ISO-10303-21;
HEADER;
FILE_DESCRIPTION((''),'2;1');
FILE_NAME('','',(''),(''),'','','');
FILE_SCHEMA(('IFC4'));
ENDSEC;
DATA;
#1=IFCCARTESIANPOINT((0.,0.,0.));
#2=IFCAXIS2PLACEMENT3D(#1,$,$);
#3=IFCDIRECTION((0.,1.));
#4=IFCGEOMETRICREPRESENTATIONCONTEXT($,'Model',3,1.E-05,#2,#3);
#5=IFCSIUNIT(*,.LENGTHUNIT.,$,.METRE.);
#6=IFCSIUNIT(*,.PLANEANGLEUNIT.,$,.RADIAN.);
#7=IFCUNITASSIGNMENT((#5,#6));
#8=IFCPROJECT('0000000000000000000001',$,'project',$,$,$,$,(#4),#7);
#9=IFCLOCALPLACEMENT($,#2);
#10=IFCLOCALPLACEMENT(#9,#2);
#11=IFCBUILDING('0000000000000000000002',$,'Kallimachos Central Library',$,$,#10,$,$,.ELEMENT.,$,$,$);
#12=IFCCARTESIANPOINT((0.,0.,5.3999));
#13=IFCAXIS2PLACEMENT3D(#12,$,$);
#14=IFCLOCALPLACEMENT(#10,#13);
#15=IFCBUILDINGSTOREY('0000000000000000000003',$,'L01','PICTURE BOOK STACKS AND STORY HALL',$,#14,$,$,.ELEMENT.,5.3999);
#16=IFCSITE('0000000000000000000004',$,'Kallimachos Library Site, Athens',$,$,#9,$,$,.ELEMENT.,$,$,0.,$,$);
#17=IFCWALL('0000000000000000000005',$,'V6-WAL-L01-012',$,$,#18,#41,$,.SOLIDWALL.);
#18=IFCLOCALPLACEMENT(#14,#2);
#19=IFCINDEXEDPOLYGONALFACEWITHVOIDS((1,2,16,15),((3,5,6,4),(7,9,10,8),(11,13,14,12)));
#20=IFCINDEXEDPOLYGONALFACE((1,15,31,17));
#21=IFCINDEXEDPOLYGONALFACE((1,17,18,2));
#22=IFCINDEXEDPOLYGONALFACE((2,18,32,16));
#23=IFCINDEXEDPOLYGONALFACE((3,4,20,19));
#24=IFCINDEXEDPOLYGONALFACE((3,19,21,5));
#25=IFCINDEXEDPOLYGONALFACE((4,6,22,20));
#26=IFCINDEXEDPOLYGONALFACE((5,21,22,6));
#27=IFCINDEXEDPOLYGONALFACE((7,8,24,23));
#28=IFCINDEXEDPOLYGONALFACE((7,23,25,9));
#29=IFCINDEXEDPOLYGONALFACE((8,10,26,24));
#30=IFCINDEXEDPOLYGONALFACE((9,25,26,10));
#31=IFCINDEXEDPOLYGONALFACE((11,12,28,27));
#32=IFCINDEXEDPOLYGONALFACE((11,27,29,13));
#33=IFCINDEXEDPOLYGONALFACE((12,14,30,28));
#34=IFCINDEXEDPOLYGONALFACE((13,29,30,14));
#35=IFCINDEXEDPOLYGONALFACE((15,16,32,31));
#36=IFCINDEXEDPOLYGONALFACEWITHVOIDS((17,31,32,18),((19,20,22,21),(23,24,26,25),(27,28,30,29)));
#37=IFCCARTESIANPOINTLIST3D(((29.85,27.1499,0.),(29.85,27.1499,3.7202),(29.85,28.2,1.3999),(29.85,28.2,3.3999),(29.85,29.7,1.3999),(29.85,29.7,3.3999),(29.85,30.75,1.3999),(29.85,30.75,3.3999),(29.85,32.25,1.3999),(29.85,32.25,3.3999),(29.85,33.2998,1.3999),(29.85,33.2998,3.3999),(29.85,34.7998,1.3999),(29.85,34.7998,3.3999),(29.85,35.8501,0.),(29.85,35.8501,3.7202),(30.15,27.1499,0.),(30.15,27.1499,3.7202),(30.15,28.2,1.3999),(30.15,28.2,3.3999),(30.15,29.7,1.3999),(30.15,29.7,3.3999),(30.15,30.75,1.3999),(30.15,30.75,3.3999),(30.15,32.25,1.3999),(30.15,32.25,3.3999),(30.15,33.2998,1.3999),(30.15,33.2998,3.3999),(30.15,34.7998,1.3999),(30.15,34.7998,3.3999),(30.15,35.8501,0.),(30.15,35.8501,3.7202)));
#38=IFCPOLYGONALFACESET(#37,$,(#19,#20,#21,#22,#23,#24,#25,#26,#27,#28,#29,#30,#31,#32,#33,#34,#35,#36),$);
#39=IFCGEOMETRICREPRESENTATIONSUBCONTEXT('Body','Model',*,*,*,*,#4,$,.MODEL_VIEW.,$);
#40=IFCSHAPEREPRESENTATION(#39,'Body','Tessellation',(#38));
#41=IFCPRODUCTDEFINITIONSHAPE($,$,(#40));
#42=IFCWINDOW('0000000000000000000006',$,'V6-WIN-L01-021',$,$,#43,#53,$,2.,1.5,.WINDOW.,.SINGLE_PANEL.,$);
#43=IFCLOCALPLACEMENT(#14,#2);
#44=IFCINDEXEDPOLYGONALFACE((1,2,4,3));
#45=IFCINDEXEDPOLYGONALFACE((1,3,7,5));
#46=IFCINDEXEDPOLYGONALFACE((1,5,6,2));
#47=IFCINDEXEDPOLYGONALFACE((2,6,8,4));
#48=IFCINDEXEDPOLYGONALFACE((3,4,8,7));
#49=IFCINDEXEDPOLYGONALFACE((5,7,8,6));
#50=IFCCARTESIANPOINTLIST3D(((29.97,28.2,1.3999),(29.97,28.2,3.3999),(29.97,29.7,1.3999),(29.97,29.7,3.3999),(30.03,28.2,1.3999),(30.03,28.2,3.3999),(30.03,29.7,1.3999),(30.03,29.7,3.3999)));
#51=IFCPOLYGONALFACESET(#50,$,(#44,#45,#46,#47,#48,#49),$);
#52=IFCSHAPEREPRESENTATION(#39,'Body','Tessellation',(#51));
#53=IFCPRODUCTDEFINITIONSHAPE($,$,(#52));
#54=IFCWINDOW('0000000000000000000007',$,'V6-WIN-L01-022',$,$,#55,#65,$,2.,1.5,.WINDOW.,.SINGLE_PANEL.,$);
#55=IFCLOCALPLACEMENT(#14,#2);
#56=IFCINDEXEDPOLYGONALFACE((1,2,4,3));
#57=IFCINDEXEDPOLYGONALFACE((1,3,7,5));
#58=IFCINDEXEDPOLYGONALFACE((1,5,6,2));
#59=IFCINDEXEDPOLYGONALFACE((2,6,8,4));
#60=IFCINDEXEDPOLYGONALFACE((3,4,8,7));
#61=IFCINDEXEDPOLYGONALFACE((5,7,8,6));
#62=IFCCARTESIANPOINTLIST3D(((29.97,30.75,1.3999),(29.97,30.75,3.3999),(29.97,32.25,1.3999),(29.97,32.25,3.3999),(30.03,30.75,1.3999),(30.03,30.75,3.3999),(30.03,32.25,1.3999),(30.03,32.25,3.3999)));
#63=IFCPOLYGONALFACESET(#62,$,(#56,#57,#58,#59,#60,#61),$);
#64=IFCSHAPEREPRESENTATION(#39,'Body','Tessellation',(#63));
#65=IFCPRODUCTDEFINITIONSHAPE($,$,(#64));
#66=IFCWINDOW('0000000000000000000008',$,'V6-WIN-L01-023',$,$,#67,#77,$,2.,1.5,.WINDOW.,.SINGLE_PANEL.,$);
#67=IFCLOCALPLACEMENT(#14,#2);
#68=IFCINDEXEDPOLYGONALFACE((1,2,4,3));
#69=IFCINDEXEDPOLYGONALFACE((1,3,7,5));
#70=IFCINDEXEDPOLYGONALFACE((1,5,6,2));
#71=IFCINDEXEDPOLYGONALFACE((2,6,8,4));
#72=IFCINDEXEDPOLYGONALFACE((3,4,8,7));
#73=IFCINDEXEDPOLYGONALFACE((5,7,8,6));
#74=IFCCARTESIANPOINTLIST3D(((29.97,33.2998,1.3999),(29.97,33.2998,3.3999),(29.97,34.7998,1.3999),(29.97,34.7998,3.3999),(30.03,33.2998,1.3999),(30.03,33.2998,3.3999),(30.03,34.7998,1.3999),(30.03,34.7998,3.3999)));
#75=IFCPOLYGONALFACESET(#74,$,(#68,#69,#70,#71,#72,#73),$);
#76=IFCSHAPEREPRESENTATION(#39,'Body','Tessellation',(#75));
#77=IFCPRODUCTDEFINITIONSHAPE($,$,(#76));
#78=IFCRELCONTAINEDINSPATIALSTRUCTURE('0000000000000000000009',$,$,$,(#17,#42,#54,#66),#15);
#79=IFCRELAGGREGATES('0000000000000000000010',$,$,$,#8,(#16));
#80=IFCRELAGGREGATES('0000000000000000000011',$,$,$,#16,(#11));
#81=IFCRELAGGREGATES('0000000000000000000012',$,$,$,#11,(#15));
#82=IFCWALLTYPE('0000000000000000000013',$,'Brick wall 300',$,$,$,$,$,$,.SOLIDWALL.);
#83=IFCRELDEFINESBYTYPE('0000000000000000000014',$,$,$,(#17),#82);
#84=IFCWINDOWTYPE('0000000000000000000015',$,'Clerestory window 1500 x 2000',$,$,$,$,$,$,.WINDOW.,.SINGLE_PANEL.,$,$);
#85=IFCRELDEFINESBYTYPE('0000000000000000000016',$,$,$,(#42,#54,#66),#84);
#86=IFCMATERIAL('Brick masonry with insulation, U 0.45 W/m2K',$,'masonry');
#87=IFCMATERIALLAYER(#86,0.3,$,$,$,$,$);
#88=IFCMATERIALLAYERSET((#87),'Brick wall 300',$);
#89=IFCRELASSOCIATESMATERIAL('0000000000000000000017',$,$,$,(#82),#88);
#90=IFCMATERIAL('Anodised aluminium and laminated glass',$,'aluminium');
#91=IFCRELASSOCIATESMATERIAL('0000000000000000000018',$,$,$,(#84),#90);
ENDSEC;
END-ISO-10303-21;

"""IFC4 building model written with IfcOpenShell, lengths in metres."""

from ifc_helpers import new_model, si_unit, direction, frame, frame_2d, origin, place, context, subcontext, project, spatial, rectangle, extrude, material, layer, layer_set, type_object, element, fill, save


model = new_model("IFC4")

# Units and contexts
model_context = context("Model", 3, precision=1e-05, world=origin(), true_north=direction((0.0, 1.0)))
body_context = subcontext(model_context, "Body", "Model", "MODEL_VIEW")
ifc_project = project(units=[si_unit("LENGTHUNIT", "METRE"), si_unit("PLANEANGLEUNIT", "RADIAN")], contexts=[model_context])

# Site, building, storey
site_placement = place(None, origin())
site = spatial("IfcSite", under=ifc_project, at=site_placement, Name="Kallimachos Library Site, Athens", CompositionType="ELEMENT", RefElevation=0.0)
building_placement = place(site_placement, origin())
building = spatial("IfcBuilding", under=site, at=building_placement, Name="Kallimachos Central Library", CompositionType="ELEMENT")
storey_placement = place(building_placement, frame((0.0, 0.0, 5.3999)))
storey = spatial("IfcBuildingStorey", under=building, at=storey_placement, Name="L01", Description="PICTURE BOOK STACKS AND STORY HALL", CompositionType="ELEMENT", Elevation=5.3999)

# Wall, openings, windows
ifc_material_1 = material(Name="Brick masonry with insulation, U 0.45 W/m2K", Category="masonry")
ifc_layer_1 = layer(ifc_material_1, 0.3)
ifc_layer_set_1 = layer_set([ifc_layer_1], Name="Brick wall 300")
wall_type = type_object("IfcWallType", Name="Brick wall 300", PredefinedType="SOLIDWALL", material=ifc_layer_set_1)
wall_placement = place(storey_placement, frame((30.0, 27.1499, 0.0), z_axis=(0.0, 0.0, 1.0), x_axis=(0.0, 1.0, 0.0)))
wall = element("IfcWall", 1, at=wall_placement, inside=storey, type_object=wall_type, Name="V6-WAL-L01-012", PredefinedType="SOLIDWALL", context=body_context, shape_type="SweptSolid", body=[
    extrude(rectangle(XDim=8.7002, YDim=0.3, at=frame_2d((4.3501, 0.0))), origin(), (0.0, 0.0, 1.0), 3.7202),
])
opening_1_placement = place(wall_placement, frame((1.05, 0.0, 1.3999)))
opening_1 = element("IfcOpeningElement", 2, at=opening_1_placement, cuts=wall, PredefinedType="OPENING", context=body_context, shape_type="SweptSolid", body=[
    extrude(rectangle(XDim=1.5, YDim=2.0, at=frame_2d((0.75, 1.0))), frame((0.0, 0.1599, 0.0), z_axis=(0.0, -1.0, 0.0), x_axis=(1.0, 0.0, 0.0)), (0.0, 0.0, 1.0), 0.3201),
])
opening_2_placement = place(wall_placement, frame((3.6001, 0.0, 1.3999)))
opening_2 = element("IfcOpeningElement", 3, at=opening_2_placement, cuts=wall, PredefinedType="OPENING", context=body_context, shape_type="SweptSolid", body=[
    extrude(rectangle(XDim=1.5, YDim=2.0, at=frame_2d((0.75, 1.0))), frame((0.0, 0.1599, 0.0), z_axis=(0.0, -1.0, 0.0), x_axis=(1.0, 0.0, 0.0)), (0.0, 0.0, 1.0), 0.3201),
])
opening_3_placement = place(wall_placement, frame((6.1499, 0.0, 1.3999)))
opening_3 = element("IfcOpeningElement", 4, at=opening_3_placement, cuts=wall, PredefinedType="OPENING", context=body_context, shape_type="SweptSolid", body=[
    extrude(rectangle(XDim=1.5, YDim=2.0, at=frame_2d((0.75, 1.0))), frame((0.0, 0.1599, 0.0), z_axis=(0.0, -1.0, 0.0), x_axis=(1.0, 0.0, 0.0)), (0.0, 0.0, 1.0), 0.3201),
])
ifc_material_2 = material(Name="Anodised aluminium and laminated glass", Category="aluminium")
window_type = type_object("IfcWindowType", Name="Clerestory window 1500 x 2000", PartitioningType="SINGLE_PANEL", PredefinedType="WINDOW", material=ifc_material_2)
window_1_placement = place(opening_1_placement, origin())
window_1 = element("IfcWindow", 5, at=window_1_placement, inside=storey, type_object=window_type, Name="V6-WIN-L01-021", OverallHeight=2.0, OverallWidth=1.5, PartitioningType="SINGLE_PANEL", PredefinedType="WINDOW", context=body_context, shape_type="SweptSolid", body=[
    extrude(rectangle(XDim=1.5, YDim=2.0, at=frame_2d((0.75, 1.0))), frame((0.0, 0.03, 0.0), z_axis=(0.0, -1.0, 0.0), x_axis=(1.0, 0.0, 0.0)), (0.0, 0.0, 1.0), 0.0601),
])
fill(opening_1, window_1)
window_2_placement = place(opening_2_placement, origin())
window_2 = element("IfcWindow", 6, at=window_2_placement, inside=storey, type_object=window_type, Name="V6-WIN-L01-022", OverallHeight=2.0, OverallWidth=1.5, PartitioningType="SINGLE_PANEL", PredefinedType="WINDOW", context=body_context, shape_type="SweptSolid", body=[
    extrude(rectangle(XDim=1.5, YDim=2.0, at=frame_2d((0.75, 1.0))), frame((0.0, 0.03, 0.0), z_axis=(0.0, -1.0, 0.0), x_axis=(1.0, 0.0, 0.0)), (0.0, 0.0, 1.0), 0.0601),
])
fill(opening_2, window_2)
window_3_placement = place(opening_3_placement, origin())
window_3 = element("IfcWindow", 7, at=window_3_placement, inside=storey, type_object=window_type, Name="V6-WIN-L01-023", OverallHeight=2.0, OverallWidth=1.5, PartitioningType="SINGLE_PANEL", PredefinedType="WINDOW", context=body_context, shape_type="SweptSolid", body=[
    extrude(rectangle(XDim=1.5, YDim=2.0, at=frame_2d((0.75, 1.0))), frame((0.0, 0.03, 0.0), z_axis=(0.0, -1.0, 0.0), x_axis=(1.0, 0.0, 0.0)), (0.0, 0.0, 1.0), 0.0601),
])
fill(opening_3, window_3)

save(model, "model.ifc")
